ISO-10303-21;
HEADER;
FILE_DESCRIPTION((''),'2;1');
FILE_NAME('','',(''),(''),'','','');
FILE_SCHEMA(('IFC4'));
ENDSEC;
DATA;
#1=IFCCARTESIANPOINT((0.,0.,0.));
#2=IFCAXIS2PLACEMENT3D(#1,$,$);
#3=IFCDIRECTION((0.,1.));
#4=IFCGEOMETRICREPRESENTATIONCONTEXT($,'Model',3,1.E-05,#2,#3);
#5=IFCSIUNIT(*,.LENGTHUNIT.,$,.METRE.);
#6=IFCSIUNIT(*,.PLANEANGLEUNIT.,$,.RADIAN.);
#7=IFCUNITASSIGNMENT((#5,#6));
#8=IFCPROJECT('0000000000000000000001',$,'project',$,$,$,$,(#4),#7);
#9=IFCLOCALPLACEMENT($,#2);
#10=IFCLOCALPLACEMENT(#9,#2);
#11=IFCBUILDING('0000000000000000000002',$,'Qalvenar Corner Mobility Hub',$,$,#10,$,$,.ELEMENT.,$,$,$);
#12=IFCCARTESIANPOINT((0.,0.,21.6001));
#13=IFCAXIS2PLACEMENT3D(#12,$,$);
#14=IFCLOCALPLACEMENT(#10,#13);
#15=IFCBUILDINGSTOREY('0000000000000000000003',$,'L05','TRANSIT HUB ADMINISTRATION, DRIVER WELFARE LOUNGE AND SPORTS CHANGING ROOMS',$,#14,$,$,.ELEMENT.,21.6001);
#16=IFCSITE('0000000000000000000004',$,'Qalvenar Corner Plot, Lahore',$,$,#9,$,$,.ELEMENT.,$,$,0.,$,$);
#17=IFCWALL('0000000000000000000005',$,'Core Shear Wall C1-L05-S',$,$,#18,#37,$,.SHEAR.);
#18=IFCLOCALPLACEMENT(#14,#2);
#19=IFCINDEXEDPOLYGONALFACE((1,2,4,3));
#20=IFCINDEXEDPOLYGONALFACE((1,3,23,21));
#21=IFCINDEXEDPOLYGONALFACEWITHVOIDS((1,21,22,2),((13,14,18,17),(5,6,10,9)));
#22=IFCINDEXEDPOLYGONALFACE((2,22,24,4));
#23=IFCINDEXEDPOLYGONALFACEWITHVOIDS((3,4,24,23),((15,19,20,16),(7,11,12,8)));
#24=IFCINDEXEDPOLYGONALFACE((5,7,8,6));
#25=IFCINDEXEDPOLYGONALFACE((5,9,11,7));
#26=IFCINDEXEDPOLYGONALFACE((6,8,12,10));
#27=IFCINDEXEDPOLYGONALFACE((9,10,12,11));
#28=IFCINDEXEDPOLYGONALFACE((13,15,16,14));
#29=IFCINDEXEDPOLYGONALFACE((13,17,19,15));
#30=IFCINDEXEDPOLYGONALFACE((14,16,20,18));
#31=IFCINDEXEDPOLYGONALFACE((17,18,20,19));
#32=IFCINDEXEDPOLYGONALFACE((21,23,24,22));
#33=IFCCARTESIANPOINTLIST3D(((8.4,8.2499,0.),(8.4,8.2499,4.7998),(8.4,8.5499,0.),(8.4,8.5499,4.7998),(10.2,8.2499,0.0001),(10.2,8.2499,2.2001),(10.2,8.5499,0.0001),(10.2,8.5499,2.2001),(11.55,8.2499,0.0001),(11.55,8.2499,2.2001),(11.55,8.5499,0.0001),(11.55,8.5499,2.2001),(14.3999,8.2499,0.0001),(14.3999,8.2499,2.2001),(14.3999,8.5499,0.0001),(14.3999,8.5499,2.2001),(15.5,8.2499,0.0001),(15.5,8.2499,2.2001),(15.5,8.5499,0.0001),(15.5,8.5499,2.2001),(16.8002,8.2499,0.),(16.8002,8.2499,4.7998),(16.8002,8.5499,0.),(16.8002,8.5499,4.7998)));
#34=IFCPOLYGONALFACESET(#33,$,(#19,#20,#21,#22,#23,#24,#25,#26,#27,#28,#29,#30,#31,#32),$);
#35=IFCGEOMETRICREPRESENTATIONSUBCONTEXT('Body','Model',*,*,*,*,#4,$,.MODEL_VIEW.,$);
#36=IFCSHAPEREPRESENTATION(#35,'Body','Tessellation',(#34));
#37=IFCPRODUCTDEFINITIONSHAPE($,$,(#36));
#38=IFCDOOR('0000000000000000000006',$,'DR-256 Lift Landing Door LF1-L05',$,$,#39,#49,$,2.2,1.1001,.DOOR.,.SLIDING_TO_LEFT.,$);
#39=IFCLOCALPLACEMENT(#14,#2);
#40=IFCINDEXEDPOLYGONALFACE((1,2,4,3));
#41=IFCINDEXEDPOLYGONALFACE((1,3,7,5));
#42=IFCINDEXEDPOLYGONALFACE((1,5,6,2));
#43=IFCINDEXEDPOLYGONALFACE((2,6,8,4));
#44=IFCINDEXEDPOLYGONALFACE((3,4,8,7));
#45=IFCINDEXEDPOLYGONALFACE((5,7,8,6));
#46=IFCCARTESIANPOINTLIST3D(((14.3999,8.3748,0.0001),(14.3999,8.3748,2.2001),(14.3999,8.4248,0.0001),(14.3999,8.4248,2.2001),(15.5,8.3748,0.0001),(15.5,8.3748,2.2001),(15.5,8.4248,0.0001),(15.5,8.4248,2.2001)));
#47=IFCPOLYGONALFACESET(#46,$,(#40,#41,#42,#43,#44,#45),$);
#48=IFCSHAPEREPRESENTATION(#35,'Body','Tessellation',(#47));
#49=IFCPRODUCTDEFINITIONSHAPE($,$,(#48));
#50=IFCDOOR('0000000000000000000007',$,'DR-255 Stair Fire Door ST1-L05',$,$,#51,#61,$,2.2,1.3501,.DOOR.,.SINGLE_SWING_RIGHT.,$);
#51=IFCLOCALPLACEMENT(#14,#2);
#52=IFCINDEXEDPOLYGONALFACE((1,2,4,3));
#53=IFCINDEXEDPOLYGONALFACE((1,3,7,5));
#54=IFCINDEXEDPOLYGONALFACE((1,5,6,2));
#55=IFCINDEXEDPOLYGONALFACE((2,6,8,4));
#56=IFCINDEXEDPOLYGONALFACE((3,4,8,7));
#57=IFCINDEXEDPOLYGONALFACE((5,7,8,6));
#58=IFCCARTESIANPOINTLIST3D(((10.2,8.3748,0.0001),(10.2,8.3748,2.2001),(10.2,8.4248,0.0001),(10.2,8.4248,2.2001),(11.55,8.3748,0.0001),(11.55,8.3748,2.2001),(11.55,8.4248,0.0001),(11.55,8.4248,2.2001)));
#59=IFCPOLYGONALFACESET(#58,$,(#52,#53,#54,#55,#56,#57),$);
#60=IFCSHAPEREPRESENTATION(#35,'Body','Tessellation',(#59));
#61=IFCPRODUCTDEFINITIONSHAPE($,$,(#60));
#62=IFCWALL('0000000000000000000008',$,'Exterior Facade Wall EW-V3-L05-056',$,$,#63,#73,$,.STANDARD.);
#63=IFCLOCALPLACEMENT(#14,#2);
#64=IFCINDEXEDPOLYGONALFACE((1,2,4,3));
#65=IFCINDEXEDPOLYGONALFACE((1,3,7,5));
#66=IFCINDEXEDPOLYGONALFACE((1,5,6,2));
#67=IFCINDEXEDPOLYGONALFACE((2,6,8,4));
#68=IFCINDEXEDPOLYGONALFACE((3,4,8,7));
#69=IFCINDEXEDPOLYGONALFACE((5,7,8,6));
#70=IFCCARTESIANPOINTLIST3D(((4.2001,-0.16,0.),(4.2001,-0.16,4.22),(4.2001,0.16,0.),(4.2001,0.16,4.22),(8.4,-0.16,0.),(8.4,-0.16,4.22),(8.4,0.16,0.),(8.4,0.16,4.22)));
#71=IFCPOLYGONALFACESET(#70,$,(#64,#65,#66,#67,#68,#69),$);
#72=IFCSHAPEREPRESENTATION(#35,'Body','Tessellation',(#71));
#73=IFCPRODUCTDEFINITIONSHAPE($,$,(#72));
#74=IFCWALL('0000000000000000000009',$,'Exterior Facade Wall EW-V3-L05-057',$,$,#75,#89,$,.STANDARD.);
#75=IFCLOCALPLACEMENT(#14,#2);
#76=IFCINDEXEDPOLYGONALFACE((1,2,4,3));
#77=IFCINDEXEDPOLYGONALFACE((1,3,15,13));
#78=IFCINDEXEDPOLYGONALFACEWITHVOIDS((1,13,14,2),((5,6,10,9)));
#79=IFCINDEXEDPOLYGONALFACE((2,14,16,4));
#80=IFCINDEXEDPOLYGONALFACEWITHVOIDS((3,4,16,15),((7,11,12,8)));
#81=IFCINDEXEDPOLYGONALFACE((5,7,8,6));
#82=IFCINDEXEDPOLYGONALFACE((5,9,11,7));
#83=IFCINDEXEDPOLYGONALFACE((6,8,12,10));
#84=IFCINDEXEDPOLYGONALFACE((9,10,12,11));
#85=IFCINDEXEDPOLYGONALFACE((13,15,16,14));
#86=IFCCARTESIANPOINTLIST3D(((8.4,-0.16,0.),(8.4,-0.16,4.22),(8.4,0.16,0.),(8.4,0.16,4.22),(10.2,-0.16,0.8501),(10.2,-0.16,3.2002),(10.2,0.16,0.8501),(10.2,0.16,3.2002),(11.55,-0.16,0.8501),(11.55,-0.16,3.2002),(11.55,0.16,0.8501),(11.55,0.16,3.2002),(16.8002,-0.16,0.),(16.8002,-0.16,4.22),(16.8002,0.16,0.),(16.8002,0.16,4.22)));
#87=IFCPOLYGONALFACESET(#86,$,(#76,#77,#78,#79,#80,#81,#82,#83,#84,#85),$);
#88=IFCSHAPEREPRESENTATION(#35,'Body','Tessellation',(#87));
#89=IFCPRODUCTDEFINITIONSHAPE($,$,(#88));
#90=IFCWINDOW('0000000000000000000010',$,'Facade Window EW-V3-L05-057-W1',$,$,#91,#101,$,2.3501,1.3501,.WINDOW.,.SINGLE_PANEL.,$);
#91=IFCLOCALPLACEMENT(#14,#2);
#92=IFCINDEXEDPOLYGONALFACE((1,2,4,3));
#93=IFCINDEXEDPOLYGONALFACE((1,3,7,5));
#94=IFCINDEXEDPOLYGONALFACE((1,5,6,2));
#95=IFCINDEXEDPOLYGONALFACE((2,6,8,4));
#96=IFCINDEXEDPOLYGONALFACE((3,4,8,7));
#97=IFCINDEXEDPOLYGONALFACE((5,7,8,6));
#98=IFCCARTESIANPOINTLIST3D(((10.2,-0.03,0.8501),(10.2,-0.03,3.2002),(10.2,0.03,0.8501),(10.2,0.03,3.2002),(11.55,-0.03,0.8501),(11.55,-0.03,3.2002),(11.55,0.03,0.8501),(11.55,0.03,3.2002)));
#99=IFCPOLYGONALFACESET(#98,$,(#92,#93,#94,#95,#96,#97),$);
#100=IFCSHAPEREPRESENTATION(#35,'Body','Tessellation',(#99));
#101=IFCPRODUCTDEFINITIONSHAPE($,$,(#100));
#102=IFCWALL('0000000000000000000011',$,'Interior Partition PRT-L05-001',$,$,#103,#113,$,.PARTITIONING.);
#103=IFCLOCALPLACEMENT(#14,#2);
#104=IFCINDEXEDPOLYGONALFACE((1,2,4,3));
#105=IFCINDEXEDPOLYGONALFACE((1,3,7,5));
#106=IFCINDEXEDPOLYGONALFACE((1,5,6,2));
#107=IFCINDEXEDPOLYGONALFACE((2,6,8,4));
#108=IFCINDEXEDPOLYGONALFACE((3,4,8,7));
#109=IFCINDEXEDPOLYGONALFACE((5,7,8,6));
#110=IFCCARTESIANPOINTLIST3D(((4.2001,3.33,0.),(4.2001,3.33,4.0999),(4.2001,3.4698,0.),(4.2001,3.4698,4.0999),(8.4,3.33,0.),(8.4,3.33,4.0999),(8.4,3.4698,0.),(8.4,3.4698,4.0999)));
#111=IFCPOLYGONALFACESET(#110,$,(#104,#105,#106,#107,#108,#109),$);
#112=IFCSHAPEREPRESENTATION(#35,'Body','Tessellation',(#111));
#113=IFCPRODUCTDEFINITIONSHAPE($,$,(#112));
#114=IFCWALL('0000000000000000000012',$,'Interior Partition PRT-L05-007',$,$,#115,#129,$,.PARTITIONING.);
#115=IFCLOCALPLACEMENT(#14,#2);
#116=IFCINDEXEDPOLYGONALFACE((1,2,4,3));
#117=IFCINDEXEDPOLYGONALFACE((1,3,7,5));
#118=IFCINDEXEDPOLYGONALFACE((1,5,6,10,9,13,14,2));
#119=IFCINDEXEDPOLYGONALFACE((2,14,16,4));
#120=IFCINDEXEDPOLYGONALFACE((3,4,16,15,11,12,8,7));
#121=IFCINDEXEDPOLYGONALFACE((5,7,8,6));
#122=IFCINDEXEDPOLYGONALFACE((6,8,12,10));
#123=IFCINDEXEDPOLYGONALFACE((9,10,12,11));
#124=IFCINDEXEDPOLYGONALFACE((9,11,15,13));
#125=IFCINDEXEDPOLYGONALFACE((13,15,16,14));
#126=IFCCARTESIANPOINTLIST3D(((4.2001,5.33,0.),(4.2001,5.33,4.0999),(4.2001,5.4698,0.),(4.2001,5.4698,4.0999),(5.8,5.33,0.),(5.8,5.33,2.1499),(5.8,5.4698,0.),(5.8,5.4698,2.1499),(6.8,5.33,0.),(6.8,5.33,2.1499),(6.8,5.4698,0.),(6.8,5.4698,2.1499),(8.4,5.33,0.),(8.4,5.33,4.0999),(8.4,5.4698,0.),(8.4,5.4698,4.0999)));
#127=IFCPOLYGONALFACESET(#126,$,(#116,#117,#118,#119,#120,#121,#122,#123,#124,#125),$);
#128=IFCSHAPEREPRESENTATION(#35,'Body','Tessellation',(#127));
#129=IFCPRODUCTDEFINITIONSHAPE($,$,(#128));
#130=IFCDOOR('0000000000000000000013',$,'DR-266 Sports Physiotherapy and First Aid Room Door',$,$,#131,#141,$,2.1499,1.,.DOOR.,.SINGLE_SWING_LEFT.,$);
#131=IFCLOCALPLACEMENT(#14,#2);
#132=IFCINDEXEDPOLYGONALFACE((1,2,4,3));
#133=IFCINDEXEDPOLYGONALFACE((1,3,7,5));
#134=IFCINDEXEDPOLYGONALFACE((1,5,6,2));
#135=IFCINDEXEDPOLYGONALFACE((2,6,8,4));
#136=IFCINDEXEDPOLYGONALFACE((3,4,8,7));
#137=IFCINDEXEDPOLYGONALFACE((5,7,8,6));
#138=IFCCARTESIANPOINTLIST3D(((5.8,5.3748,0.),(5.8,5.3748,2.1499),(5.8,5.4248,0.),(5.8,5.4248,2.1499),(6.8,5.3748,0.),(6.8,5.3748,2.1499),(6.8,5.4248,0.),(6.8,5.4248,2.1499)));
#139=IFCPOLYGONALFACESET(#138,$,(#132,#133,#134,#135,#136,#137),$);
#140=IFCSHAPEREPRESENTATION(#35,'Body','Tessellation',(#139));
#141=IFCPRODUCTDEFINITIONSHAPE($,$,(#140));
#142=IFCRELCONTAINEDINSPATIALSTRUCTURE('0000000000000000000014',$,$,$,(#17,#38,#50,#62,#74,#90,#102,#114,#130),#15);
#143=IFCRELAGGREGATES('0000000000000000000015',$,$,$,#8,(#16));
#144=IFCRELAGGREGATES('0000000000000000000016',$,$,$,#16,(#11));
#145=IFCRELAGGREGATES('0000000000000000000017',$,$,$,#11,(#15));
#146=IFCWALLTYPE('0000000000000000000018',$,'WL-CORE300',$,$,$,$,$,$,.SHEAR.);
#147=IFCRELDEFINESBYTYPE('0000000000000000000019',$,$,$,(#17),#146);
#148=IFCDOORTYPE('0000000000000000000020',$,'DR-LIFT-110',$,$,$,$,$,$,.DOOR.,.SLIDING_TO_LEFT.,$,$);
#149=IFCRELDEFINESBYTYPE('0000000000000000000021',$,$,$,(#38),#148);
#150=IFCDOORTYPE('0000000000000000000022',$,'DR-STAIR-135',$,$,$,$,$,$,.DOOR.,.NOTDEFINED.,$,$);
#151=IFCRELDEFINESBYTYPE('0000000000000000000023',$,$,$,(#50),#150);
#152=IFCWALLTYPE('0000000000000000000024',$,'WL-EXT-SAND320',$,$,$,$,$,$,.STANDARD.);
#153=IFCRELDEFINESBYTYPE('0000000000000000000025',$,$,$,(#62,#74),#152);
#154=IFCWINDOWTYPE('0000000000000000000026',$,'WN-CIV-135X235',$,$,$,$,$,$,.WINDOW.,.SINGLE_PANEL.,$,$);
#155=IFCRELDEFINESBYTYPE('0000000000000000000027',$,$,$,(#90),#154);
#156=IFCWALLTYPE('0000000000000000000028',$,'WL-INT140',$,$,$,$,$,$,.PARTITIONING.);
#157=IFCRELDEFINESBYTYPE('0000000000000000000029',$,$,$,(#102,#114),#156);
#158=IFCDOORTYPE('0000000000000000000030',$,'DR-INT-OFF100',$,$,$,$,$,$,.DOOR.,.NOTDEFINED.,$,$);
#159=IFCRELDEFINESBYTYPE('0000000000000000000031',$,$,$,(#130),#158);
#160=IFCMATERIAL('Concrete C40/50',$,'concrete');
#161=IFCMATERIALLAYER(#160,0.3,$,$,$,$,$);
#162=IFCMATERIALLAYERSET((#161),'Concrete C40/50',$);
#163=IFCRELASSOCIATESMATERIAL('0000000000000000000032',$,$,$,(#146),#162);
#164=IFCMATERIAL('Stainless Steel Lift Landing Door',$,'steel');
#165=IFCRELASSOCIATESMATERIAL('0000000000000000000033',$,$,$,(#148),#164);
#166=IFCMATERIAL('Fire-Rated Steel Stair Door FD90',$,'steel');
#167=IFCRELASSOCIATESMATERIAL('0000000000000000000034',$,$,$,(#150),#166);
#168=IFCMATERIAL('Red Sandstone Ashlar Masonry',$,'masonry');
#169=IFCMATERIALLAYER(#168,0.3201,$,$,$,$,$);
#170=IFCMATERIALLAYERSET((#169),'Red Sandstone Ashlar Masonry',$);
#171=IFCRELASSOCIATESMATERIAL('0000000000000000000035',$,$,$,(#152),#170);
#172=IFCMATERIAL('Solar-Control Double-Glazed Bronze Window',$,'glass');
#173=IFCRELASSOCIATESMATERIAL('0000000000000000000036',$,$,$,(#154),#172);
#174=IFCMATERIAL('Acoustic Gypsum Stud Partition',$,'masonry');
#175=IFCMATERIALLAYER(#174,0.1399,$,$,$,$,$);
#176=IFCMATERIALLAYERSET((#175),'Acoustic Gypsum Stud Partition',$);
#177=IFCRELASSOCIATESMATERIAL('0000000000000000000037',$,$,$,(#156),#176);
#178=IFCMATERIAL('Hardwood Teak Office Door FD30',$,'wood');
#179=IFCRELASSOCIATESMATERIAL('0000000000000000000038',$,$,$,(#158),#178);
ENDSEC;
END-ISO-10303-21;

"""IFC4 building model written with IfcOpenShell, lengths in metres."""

from ifc_helpers import new_model, si_unit, direction, frame, frame_2d, origin, place, context, subcontext, project, spatial, rectangle, extrude, material, layer, layer_set, type_object, element, fill, save


model = new_model("IFC4")

# Units and contexts
model_context = context("Model", 3, precision=1e-05, world=origin(), true_north=direction((0.0, 1.0)))
body_context = subcontext(model_context, "Body", "Model", "MODEL_VIEW")
ifc_project = project(units=[si_unit("LENGTHUNIT", "METRE"), si_unit("PLANEANGLEUNIT", "RADIAN")], contexts=[model_context])

# Site, building, storey
site_placement = place(None, origin())
site = spatial("IfcSite", under=ifc_project, at=site_placement, Name="Qalvenar Corner Plot, Lahore", CompositionType="ELEMENT", RefElevation=0.0)
building_placement = place(site_placement, origin())
building = spatial("IfcBuilding", under=site, at=building_placement, Name="Qalvenar Corner Mobility Hub", CompositionType="ELEMENT")
storey_placement = place(building_placement, frame((0.0, 0.0, 21.6001)))
storey = spatial("IfcBuildingStorey", under=building, at=storey_placement, Name="L05", Description="TRANSIT HUB ADMINISTRATION, DRIVER WELFARE LOUNGE AND SPORTS CHANGING ROOMS", CompositionType="ELEMENT", Elevation=21.6001)

# Wall, openings, doors
ifc_material_1 = material(Name="Concrete C40/50", Category="concrete")
ifc_layer_1 = layer(ifc_material_1, 0.3)
ifc_layer_set_1 = layer_set([ifc_layer_1], Name="Concrete C40/50")
wall_type_1 = type_object("IfcWallType", Name="WL-CORE300", PredefinedType="SHEAR", material=ifc_layer_set_1)
wall_1_placement = place(storey_placement, frame((8.3999, 8.3999, 0.0), z_axis=(0.0, 0.0, 1.0), x_axis=(1.0, 0.0, 0.0)))
wall_1 = element("IfcWall", 1, at=wall_1_placement, inside=storey, type_object=wall_type_1, Name="Core Shear Wall C1-L05-S", PredefinedType="SHEAR", context=body_context, shape_type="SweptSolid", body=[
    extrude(rectangle(XDim=8.4001, YDim=0.3, at=frame_2d((4.2002, 0.0))), origin(), (0.0, 0.0, 1.0), 4.7998),
])
opening_1_placement = place(wall_1_placement, frame((1.8, 0.0, 0.0)))
opening_1 = element("IfcOpeningElement", 2, at=opening_1_placement, cuts=wall_1, PredefinedType="OPENING", context=body_context, shape_type="SweptSolid", body=[
    extrude(rectangle(XDim=1.3501, YDim=2.2, at=frame_2d((0.675, 1.1001))), frame((0.0, 0.1602, 0.0), z_axis=(0.0, -1.0, 0.0), x_axis=(1.0, 0.0, 0.0)), (0.0, 0.0, 1.0), 0.3201),
])
opening_2_placement = place(wall_1_placement, frame((6.0, 0.0, 0.0)))
opening_2 = element("IfcOpeningElement", 3, at=opening_2_placement, cuts=wall_1, PredefinedType="OPENING", context=body_context, shape_type="SweptSolid", body=[
    extrude(rectangle(XDim=1.1001, YDim=2.2, at=frame_2d((0.55, 1.1001))), frame((0.0, 0.1602, 0.0), z_axis=(0.0, -1.0, 0.0), x_axis=(1.0, 0.0, 0.0)), (0.0, 0.0, 1.0), 0.3201),
])
ifc_material_2 = material(Name="Stainless Steel Lift Landing Door", Category="steel")
door_type_1 = type_object("IfcDoorType", Name="DR-LIFT-110", OperationType="SLIDING_TO_LEFT", PredefinedType="DOOR", material=ifc_material_2)
door_1_placement = place(opening_2_placement, origin())
door_1 = element("IfcDoor", 4, at=door_1_placement, inside=storey, type_object=door_type_1, Name="DR-256 Lift Landing Door LF1-L05", OperationType="SLIDING_TO_LEFT", OverallHeight=2.2, OverallWidth=1.1001, PredefinedType="DOOR", context=body_context, shape_type="SweptSolid", body=[
    extrude(rectangle(XDim=1.1001, YDim=2.2, at=frame_2d((0.55, 1.1001))), frame((0.0, 0.0249, 0.0), z_axis=(0.0, -1.0, 0.0), x_axis=(1.0, 0.0, 0.0)), (0.0, 0.0, 1.0), 0.05),
])
fill(opening_2, door_1)
ifc_material_3 = material(Name="Fire-Rated Steel Stair Door FD90", Category="steel")
door_type_2 = type_object("IfcDoorType", Name="DR-STAIR-135", OperationType="NOTDEFINED", PredefinedType="DOOR", material=ifc_material_3)
door_2_placement = place(opening_1_placement, origin())
door_2 = element("IfcDoor", 5, at=door_2_placement, inside=storey, type_object=door_type_2, Name="DR-255 Stair Fire Door ST1-L05", OperationType="SINGLE_SWING_RIGHT", OverallHeight=2.2, OverallWidth=1.3501, PredefinedType="DOOR", context=body_context, shape_type="SweptSolid", body=[
    extrude(rectangle(XDim=1.3501, YDim=2.2, at=frame_2d((0.675, 1.1001))), frame((0.0, 0.0249, 0.0), z_axis=(0.0, -1.0, 0.0), x_axis=(1.0, 0.0, 0.0)), (0.0, 0.0, 1.0), 0.05),
])
fill(opening_1, door_2)

# Wall
ifc_material_4 = material(Name="Red Sandstone Ashlar Masonry", Category="masonry")
ifc_layer_2 = layer(ifc_material_4, 0.3201)
ifc_layer_set_2 = layer_set([ifc_layer_2], Name="Red Sandstone Ashlar Masonry")
wall_type_2 = type_object("IfcWallType", Name="WL-EXT-SAND320", PredefinedType="STANDARD", material=ifc_layer_set_2)
wall_2_placement = place(storey_placement, frame((4.2, 0.0, 0.0), z_axis=(0.0, 0.0, 1.0), x_axis=(1.0, 0.0, 0.0)))
element("IfcWall", 6, at=wall_2_placement, inside=storey, type_object=wall_type_2, Name="Exterior Facade Wall EW-V3-L05-056", PredefinedType="STANDARD", context=body_context, shape_type="SweptSolid", body=[
    extrude(rectangle(XDim=4.2, YDim=0.3201, at=frame_2d((2.1001, 0.0))), origin(), (0.0, 0.0, 1.0), 4.22),
])

# Wall, opening, window
wall_3_placement = place(storey_placement, frame((8.3999, 0.0, 0.0), z_axis=(0.0, 0.0, 1.0), x_axis=(1.0, 0.0, 0.0)))
wall_3 = element("IfcWall", 7, at=wall_3_placement, inside=storey, type_object=wall_type_2, Name="Exterior Facade Wall EW-V3-L05-057", PredefinedType="STANDARD", context=body_context, shape_type="SweptSolid", body=[
    extrude(rectangle(XDim=8.4001, YDim=0.3201, at=frame_2d((4.2002, 0.0))), origin(), (0.0, 0.0, 1.0), 4.22),
])
opening_3_placement = place(wall_3_placement, frame((1.8, 0.0, 0.8501)))
opening_3 = element("IfcOpeningElement", 8, at=opening_3_placement, cuts=wall_3, PredefinedType="OPENING", context=body_context, shape_type="SweptSolid", body=[
    extrude(rectangle(XDim=1.3501, YDim=2.3501, at=frame_2d((0.675, 1.175))), frame((0.0, 0.1699, 0.0), z_axis=(0.0, -1.0, 0.0), x_axis=(1.0, 0.0, 0.0)), (0.0, 0.0, 1.0), 0.3401),
])
ifc_material_5 = material(Name="Solar-Control Double-Glazed Bronze Window", Category="glass")
window_type = type_object("IfcWindowType", Name="WN-CIV-135X235", PartitioningType="SINGLE_PANEL", PredefinedType="WINDOW", material=ifc_material_5)
window_placement = place(opening_3_placement, origin())
window = element("IfcWindow", 9, at=window_placement, inside=storey, type_object=window_type, Name="Facade Window EW-V3-L05-057-W1", OverallHeight=2.3501, OverallWidth=1.3501, PartitioningType="SINGLE_PANEL", PredefinedType="WINDOW", context=body_context, shape_type="SweptSolid", body=[
    extrude(rectangle(XDim=1.3501, YDim=2.3501, at=frame_2d((0.675, 1.175))), frame((0.0, 0.03, 0.0), z_axis=(0.0, -1.0, 0.0), x_axis=(1.0, 0.0, 0.0)), (0.0, 0.0, 1.0), 0.0601),
])
fill(opening_3, window)

# Wall
ifc_material_6 = material(Name="Acoustic Gypsum Stud Partition", Category="masonry")
ifc_layer_3 = layer(ifc_material_6, 0.1399)
ifc_layer_set_3 = layer_set([ifc_layer_3], Name="Acoustic Gypsum Stud Partition")
wall_type_3 = type_object("IfcWallType", Name="WL-INT140", PredefinedType="PARTITIONING", material=ifc_layer_set_3)
wall_4_placement = place(storey_placement, frame((4.2, 3.3999, 0.0), z_axis=(0.0, 0.0, 1.0), x_axis=(1.0, 0.0, 0.0)))
element("IfcWall", 10, at=wall_4_placement, inside=storey, type_object=wall_type_3, Name="Interior Partition PRT-L05-001", PredefinedType="PARTITIONING", context=body_context, shape_type="SweptSolid", body=[
    extrude(rectangle(XDim=4.2, YDim=0.1399, at=frame_2d((2.1001, 0.0))), origin(), (0.0, 0.0, 1.0), 4.0999),
])

# Wall, opening, door
wall_5_placement = place(storey_placement, frame((4.2, 5.3999, 0.0), z_axis=(0.0, 0.0, 1.0), x_axis=(1.0, 0.0, 0.0)))
wall_5 = element("IfcWall", 11, at=wall_5_placement, inside=storey, type_object=wall_type_3, Name="Interior Partition PRT-L05-007", PredefinedType="PARTITIONING", context=body_context, shape_type="SweptSolid", body=[
    extrude(rectangle(XDim=4.2, YDim=0.1399, at=frame_2d((2.1001, 0.0))), origin(), (0.0, 0.0, 1.0), 4.0999),
])
opening_4_placement = place(wall_5_placement, frame((1.6001, 0.0, 0.0)))
opening_4 = element("IfcOpeningElement", 12, at=opening_4_placement, cuts=wall_5, PredefinedType="OPENING", context=body_context, shape_type="SweptSolid", body=[
    extrude(rectangle(XDim=1.0, YDim=2.1499, at=frame_2d((0.5, 1.075))), frame((0.0, 0.0801, 0.0), z_axis=(0.0, -1.0, 0.0), x_axis=(1.0, 0.0, 0.0)), (0.0, 0.0, 1.0), 0.1599),
])
ifc_material_7 = material(Name="Hardwood Teak Office Door FD30", Category="wood")
door_type_3 = type_object("IfcDoorType", Name="DR-INT-OFF100", OperationType="NOTDEFINED", PredefinedType="DOOR", material=ifc_material_7)
door_3_placement = place(opening_4_placement, origin())
door_3 = element("IfcDoor", 13, at=door_3_placement, inside=storey, type_object=door_type_3, Name="DR-266 Sports Physiotherapy and First Aid Room Door", OperationType="SINGLE_SWING_LEFT", OverallHeight=2.1499, OverallWidth=1.0, PredefinedType="DOOR", context=body_context, shape_type="SweptSolid", body=[
    extrude(rectangle(XDim=1.0, YDim=2.1499, at=frame_2d((0.5, 1.075))), frame((0.0, 0.0249, 0.0), z_axis=(0.0, -1.0, 0.0), x_axis=(1.0, 0.0, 0.0)), (0.0, 0.0, 1.0), 0.05),
])
fill(opening_4, door_3)

save(model, "model.ifc")
